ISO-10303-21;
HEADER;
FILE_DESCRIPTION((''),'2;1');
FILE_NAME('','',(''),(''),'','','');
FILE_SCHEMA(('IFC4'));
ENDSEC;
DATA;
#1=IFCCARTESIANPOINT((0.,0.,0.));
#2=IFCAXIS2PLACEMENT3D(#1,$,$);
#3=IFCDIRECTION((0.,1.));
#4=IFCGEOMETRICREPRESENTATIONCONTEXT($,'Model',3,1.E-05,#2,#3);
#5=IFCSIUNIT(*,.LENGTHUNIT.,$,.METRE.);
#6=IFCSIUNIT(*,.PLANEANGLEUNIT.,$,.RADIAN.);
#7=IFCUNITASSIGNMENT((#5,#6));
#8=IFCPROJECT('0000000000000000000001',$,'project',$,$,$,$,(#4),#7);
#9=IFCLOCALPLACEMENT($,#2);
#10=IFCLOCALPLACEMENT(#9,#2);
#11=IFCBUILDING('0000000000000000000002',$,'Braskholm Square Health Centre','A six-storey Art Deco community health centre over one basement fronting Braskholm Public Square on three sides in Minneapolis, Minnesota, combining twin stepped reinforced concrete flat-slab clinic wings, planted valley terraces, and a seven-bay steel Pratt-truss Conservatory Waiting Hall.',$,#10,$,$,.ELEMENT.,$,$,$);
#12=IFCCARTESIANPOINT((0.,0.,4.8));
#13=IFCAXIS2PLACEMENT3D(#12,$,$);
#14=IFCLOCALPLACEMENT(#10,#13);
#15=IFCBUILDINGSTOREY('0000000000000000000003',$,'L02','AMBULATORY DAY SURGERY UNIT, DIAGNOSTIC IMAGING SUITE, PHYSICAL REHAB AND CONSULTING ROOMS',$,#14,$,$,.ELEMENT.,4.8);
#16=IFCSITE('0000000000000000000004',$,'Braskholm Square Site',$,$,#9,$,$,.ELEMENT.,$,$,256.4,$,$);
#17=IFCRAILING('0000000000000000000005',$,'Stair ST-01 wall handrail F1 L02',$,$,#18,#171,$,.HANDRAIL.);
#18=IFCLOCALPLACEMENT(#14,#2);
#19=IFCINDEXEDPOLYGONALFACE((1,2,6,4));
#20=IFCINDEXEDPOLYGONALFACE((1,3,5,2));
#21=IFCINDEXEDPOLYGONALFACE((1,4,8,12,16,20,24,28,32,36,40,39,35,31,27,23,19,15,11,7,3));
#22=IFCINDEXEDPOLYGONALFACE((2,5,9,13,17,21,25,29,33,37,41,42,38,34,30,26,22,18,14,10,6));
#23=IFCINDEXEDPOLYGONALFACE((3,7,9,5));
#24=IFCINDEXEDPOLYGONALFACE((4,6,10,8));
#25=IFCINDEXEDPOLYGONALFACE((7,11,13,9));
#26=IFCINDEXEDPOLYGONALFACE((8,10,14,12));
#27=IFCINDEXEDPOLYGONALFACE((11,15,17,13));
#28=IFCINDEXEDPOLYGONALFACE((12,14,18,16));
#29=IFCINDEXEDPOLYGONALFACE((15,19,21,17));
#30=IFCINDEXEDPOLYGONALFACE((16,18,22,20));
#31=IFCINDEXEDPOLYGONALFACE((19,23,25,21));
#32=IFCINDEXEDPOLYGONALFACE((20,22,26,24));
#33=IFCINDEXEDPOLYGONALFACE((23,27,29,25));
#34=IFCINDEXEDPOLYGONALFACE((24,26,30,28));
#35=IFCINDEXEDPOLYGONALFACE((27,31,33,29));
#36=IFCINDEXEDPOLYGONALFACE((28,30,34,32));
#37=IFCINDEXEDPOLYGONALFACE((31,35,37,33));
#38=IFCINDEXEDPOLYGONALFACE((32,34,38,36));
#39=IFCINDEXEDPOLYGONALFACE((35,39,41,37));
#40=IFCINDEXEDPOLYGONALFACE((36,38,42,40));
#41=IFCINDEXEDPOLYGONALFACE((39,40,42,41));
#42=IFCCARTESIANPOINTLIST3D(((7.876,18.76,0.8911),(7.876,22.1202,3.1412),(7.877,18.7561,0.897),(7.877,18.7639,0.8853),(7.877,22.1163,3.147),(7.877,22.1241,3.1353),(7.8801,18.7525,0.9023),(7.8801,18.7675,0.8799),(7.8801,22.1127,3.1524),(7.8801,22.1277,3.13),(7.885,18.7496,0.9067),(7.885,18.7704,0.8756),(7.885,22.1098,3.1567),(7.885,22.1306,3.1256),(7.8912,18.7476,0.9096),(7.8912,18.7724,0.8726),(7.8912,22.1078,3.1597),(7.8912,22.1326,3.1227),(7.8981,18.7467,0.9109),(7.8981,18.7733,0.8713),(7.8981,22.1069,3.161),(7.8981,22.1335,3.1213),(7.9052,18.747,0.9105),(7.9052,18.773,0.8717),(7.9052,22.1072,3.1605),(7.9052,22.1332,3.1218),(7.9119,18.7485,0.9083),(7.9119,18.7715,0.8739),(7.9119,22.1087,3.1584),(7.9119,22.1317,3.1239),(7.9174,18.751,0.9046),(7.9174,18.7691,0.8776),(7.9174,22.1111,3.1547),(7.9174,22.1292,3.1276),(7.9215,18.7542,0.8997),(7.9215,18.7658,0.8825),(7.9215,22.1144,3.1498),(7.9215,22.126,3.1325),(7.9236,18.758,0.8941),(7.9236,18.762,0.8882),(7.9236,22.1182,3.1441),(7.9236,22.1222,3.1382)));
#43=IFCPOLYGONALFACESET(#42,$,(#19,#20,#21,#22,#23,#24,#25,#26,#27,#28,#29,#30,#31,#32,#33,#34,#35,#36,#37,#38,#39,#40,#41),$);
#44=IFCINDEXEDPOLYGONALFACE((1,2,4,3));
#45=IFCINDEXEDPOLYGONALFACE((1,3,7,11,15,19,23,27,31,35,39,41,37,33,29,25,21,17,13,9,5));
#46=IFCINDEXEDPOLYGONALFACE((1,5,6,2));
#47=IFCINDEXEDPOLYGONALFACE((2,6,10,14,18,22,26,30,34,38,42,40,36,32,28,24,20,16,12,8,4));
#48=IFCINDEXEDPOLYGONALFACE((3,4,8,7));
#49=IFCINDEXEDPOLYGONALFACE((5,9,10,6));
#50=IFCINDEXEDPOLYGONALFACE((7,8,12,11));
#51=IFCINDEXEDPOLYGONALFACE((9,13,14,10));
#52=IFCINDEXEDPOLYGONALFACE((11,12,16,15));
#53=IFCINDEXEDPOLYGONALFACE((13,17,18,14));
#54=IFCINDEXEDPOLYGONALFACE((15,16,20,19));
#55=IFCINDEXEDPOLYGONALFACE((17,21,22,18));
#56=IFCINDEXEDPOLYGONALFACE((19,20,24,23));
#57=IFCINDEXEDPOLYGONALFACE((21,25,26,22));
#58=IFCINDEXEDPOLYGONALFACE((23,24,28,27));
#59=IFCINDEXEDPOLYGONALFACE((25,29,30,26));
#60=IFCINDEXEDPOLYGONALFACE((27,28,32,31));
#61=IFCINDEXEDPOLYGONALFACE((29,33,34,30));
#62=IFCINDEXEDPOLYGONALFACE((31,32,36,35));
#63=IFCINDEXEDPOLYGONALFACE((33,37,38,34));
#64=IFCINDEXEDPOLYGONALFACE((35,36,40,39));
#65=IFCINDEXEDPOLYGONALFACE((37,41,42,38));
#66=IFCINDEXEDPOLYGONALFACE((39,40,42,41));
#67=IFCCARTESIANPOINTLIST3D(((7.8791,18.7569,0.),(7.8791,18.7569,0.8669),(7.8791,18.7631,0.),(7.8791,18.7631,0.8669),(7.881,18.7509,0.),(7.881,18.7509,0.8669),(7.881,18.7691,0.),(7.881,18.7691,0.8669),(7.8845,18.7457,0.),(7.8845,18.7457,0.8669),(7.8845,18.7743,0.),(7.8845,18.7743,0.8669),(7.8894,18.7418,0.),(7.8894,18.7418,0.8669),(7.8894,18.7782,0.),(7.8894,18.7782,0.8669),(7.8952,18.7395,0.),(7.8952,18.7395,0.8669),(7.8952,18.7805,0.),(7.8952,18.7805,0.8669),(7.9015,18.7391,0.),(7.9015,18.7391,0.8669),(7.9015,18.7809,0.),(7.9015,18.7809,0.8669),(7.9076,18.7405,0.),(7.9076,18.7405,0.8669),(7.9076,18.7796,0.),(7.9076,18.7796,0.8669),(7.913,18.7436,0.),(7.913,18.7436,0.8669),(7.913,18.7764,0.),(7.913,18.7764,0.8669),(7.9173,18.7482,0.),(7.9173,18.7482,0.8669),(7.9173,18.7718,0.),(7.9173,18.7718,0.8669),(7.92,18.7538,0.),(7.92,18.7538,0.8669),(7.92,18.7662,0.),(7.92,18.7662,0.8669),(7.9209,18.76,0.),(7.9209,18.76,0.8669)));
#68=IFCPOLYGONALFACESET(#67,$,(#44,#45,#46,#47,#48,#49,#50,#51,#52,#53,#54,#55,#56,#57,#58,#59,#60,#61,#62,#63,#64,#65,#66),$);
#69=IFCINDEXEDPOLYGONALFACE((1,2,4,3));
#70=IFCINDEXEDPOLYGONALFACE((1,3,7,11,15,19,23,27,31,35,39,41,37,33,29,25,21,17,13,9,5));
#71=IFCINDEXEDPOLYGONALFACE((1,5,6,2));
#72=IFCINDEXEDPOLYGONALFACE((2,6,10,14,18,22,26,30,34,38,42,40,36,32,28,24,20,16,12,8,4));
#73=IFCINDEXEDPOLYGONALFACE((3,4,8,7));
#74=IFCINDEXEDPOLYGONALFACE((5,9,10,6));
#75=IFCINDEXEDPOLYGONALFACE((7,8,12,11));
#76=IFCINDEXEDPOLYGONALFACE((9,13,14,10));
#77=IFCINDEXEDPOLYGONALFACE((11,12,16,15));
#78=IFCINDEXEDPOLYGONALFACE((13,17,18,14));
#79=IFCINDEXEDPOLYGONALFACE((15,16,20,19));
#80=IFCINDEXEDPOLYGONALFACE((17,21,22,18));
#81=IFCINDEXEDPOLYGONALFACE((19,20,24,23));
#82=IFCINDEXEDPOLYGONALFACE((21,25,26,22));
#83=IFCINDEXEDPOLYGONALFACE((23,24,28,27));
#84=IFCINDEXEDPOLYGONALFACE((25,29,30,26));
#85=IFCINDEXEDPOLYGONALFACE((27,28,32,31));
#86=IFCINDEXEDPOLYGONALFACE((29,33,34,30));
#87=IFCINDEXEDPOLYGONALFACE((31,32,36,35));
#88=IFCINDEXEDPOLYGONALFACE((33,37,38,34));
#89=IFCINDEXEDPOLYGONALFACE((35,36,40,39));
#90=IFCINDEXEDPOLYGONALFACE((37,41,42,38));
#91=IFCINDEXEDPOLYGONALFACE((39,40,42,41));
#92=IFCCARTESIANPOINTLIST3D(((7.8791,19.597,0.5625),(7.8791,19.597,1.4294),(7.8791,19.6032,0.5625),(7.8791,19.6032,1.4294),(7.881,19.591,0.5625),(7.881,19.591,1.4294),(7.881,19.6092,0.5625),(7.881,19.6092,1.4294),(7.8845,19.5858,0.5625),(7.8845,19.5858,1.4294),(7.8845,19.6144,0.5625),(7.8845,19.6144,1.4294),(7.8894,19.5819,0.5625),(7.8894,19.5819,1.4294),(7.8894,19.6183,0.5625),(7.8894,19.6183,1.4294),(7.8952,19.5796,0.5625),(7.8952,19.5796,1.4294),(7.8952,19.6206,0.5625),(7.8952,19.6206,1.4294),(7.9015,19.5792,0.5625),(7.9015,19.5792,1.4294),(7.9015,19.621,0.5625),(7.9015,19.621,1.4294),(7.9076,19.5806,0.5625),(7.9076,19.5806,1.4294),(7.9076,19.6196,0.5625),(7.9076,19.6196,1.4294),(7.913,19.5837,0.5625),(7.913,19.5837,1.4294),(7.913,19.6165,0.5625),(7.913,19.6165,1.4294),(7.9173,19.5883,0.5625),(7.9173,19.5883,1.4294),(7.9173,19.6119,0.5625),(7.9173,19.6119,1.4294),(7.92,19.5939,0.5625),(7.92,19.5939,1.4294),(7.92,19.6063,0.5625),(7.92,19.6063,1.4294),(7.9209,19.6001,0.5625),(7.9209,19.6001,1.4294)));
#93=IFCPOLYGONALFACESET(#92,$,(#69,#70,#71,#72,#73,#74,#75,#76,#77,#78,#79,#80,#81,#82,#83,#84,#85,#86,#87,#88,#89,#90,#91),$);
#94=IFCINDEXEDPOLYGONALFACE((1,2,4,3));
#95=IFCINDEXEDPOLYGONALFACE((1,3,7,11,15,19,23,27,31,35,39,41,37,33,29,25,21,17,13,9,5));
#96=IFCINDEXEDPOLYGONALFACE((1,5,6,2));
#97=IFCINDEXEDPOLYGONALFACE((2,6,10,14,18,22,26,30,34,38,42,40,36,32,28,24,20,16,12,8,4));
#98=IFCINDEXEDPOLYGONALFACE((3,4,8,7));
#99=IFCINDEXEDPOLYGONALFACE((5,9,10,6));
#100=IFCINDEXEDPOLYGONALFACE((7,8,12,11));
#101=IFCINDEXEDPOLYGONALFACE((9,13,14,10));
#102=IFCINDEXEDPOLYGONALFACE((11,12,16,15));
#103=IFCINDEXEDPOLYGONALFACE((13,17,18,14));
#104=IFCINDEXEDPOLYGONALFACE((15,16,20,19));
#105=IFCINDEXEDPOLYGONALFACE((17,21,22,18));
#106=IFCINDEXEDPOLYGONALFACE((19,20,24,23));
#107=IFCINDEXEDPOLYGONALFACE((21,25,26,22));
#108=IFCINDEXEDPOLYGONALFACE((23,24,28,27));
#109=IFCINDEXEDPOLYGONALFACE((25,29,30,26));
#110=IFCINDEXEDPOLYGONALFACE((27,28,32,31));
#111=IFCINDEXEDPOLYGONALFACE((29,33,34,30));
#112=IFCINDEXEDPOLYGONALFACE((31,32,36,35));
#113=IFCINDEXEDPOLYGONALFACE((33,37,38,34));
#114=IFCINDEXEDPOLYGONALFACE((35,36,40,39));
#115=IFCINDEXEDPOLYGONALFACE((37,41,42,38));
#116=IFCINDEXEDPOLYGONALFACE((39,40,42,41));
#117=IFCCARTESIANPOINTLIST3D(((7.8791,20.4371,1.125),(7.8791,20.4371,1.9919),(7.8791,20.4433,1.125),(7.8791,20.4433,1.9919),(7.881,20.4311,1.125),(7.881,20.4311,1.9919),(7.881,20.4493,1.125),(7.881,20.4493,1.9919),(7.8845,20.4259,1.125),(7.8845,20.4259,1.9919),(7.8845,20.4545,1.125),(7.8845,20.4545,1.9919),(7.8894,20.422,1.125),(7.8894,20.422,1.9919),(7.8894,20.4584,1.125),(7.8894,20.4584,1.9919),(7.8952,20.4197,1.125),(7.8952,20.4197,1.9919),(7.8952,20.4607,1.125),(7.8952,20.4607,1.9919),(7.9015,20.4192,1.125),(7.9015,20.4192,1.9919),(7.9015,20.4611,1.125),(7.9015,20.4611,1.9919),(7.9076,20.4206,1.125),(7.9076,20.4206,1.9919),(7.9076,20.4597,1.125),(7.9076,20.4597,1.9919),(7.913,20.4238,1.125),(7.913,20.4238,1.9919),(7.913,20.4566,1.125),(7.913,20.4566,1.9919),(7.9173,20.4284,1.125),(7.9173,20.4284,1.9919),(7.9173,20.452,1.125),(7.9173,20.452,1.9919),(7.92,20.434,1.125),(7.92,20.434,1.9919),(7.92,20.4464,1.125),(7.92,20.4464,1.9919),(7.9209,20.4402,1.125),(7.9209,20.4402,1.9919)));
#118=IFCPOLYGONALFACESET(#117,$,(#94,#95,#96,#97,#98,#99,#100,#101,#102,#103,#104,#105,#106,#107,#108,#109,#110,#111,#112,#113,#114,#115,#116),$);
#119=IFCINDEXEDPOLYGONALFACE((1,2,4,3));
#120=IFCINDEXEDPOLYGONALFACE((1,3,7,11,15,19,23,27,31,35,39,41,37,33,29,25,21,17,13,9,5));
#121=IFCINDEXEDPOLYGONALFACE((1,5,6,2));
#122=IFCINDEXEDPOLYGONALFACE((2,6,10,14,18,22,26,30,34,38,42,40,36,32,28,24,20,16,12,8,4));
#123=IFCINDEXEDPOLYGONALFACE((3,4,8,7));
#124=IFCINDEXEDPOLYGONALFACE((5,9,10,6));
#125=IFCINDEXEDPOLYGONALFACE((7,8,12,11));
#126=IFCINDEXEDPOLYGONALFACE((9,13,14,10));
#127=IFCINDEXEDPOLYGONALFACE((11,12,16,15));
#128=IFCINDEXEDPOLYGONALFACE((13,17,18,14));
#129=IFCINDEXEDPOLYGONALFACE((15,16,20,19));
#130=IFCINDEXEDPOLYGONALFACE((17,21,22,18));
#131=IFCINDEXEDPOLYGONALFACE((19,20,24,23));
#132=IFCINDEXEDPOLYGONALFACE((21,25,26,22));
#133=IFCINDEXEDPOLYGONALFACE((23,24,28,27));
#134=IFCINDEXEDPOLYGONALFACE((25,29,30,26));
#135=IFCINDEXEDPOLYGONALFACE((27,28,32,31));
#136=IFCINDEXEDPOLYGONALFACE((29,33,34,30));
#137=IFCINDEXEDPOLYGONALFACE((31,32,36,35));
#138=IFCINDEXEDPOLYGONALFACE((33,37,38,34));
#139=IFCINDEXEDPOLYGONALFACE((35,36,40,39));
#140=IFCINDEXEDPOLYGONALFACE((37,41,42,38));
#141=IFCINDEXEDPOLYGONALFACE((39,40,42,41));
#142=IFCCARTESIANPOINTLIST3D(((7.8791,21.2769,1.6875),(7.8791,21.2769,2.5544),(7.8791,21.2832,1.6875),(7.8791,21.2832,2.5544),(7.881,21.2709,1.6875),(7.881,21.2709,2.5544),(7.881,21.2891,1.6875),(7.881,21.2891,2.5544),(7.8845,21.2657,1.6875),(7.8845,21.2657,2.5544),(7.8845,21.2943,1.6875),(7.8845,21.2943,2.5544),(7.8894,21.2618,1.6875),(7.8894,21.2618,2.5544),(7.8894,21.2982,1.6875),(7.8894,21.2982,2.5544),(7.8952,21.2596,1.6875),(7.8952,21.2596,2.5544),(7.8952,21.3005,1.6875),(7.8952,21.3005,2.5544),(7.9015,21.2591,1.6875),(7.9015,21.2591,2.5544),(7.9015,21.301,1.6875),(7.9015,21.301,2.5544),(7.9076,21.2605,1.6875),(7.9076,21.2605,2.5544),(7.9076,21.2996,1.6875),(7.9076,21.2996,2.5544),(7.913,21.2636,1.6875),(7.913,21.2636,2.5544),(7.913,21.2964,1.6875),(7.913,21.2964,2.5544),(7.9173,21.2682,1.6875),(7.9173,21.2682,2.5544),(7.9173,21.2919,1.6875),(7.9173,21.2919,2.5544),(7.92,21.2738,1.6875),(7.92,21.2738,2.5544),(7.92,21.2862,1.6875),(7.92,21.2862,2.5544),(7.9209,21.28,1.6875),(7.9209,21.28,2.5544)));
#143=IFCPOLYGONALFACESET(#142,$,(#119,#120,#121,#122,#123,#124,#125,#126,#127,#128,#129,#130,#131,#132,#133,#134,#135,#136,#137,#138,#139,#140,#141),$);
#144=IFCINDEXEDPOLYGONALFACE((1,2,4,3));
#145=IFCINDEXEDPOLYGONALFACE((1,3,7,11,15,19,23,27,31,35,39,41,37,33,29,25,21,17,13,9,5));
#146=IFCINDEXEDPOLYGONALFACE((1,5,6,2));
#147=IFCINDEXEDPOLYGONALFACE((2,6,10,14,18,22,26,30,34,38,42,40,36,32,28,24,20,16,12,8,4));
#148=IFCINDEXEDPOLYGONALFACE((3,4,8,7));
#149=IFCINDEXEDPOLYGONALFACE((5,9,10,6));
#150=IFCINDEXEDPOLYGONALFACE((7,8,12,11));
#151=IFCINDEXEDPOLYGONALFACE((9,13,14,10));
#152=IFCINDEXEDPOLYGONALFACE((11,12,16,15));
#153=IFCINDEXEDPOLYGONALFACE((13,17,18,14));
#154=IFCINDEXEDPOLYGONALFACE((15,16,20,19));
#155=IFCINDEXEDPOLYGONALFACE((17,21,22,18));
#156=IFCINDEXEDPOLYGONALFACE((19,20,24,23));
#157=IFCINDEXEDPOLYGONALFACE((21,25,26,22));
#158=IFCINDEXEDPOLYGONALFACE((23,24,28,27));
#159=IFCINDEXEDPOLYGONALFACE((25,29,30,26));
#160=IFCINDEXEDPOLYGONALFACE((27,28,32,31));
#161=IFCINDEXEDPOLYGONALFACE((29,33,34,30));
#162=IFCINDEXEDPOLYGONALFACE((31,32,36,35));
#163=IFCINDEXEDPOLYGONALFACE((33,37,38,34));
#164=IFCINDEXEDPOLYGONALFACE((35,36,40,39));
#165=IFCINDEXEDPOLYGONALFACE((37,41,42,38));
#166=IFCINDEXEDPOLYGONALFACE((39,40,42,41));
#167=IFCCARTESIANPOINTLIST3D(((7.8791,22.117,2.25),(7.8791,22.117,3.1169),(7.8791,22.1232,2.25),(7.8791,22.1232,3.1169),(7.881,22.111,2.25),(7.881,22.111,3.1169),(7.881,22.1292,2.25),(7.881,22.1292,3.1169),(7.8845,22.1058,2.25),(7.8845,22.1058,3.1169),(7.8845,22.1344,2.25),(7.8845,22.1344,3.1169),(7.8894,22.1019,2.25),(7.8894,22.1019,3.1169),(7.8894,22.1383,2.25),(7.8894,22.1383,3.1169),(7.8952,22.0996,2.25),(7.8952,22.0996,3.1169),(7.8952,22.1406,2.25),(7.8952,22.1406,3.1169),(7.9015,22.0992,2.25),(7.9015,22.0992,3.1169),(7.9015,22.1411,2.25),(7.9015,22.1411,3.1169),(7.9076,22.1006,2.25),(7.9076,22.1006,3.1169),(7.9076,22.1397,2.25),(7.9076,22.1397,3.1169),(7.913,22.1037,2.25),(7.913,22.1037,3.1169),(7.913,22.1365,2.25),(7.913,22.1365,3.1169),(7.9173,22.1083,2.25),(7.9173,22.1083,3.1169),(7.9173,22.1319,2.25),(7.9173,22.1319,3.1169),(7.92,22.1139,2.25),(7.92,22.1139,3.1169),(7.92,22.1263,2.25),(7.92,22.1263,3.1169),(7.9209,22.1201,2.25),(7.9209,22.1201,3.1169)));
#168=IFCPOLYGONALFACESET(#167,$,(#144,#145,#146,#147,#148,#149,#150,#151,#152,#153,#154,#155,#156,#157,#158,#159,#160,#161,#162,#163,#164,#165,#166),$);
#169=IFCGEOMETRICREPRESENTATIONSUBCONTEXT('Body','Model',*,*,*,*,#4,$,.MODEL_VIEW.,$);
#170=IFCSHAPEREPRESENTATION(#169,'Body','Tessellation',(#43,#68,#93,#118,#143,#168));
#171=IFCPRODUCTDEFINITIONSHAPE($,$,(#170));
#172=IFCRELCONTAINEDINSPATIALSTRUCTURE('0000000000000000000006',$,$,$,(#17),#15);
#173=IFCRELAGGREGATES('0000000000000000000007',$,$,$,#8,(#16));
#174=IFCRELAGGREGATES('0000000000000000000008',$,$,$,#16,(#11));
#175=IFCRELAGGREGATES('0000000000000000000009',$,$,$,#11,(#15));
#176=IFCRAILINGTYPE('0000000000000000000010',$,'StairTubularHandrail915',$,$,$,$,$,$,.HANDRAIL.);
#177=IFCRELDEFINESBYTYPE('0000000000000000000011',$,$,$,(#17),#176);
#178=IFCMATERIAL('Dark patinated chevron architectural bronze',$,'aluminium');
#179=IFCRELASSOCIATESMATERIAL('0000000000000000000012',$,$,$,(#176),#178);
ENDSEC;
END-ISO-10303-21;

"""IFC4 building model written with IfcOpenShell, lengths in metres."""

from ifc_helpers import new_model, si_unit, direction, frame, origin, origin_2d, place, context, subcontext, project, spatial, circle, extrude, material, type_object, element, save


model = new_model("IFC4")

# Units and contexts
model_context = context("Model", 3, precision=1e-05, world=origin(), true_north=direction((0.0, 1.0)))
body_context = subcontext(model_context, "Body", "Model", "MODEL_VIEW")
ifc_project = project(units=[si_unit("LENGTHUNIT", "METRE"), si_unit("PLANEANGLEUNIT", "RADIAN")], contexts=[model_context])

# Site, building, storey
site_placement = place(None, origin())
site = spatial("IfcSite", under=ifc_project, at=site_placement, Name="Braskholm Square Site", CompositionType="ELEMENT", RefElevation=256.4)
building_placement = place(site_placement, origin())
building = spatial("IfcBuilding", under=site, at=building_placement, Name="Braskholm Square Health Centre", Description="A six-storey Art Deco community health centre over one basement fronting Braskholm Public Square on three sides in Minneapolis, Minnesota, combining twin stepped reinforced concrete flat-slab clinic wings, planted valley terraces, and a seven-bay steel Pratt-truss Conservatory Waiting Hall.", CompositionType="ELEMENT")
storey_placement = place(building_placement, frame((0.0, 0.0, 4.8)))
storey = spatial("IfcBuildingStorey", under=building, at=storey_placement, Name="L02", Description="AMBULATORY DAY SURGERY UNIT, DIAGNOSTIC IMAGING SUITE, PHYSICAL REHAB AND CONSULTING ROOMS", CompositionType="ELEMENT", Elevation=4.8)

# Shared definitions
ifc_material_1 = material(Name="Dark patinated chevron architectural bronze", Category="aluminium")

# Railing
railing_type_1 = type_object("IfcRailingType", Name="StairTubularHandrail915", PredefinedType="HANDRAIL", material=ifc_material_1)
railing_1_placement = place(storey_placement, frame((7.8999, 18.76, 0.0)))
element("IfcRailing", 1, at=railing_1_placement, inside=storey, type_object=railing_type_1, Name="Stair ST-01 wall handrail F1 L02", PredefinedType="HANDRAIL", context=body_context, shape_type="SweptSolid", body=[
    extrude(circle(Radius=0.0239, at=origin_2d()), frame((0.0, 0.0, 0.8911), z_axis=(0.0, 0.830915, 0.556399), x_axis=(-1.0, 0.0, 0.0)), (0.0, 0.0, 1.0), 4.0439),
    extrude(circle(Radius=0.021, at=origin_2d()), origin(), (0.0, 0.0, 1.0), 0.8669),
    extrude(circle(Radius=0.021, at=origin_2d()), frame((0.0, 0.8401, 0.5625)), (0.0, 0.0, 1.0), 0.8669),
    extrude(circle(Radius=0.021, at=origin_2d()), frame((0.0, 1.6802, 1.125)), (0.0, 0.0, 1.0), 0.8669),
    extrude(circle(Radius=0.021, at=origin_2d()), frame((0.0, 2.52, 1.6875)), (0.0, 0.0, 1.0), 0.8669),
    extrude(circle(Radius=0.021, at=origin_2d()), frame((0.0, 3.3601, 2.25)), (0.0, 0.0, 1.0), 0.8669),
])

save(model, "model.ifc")
